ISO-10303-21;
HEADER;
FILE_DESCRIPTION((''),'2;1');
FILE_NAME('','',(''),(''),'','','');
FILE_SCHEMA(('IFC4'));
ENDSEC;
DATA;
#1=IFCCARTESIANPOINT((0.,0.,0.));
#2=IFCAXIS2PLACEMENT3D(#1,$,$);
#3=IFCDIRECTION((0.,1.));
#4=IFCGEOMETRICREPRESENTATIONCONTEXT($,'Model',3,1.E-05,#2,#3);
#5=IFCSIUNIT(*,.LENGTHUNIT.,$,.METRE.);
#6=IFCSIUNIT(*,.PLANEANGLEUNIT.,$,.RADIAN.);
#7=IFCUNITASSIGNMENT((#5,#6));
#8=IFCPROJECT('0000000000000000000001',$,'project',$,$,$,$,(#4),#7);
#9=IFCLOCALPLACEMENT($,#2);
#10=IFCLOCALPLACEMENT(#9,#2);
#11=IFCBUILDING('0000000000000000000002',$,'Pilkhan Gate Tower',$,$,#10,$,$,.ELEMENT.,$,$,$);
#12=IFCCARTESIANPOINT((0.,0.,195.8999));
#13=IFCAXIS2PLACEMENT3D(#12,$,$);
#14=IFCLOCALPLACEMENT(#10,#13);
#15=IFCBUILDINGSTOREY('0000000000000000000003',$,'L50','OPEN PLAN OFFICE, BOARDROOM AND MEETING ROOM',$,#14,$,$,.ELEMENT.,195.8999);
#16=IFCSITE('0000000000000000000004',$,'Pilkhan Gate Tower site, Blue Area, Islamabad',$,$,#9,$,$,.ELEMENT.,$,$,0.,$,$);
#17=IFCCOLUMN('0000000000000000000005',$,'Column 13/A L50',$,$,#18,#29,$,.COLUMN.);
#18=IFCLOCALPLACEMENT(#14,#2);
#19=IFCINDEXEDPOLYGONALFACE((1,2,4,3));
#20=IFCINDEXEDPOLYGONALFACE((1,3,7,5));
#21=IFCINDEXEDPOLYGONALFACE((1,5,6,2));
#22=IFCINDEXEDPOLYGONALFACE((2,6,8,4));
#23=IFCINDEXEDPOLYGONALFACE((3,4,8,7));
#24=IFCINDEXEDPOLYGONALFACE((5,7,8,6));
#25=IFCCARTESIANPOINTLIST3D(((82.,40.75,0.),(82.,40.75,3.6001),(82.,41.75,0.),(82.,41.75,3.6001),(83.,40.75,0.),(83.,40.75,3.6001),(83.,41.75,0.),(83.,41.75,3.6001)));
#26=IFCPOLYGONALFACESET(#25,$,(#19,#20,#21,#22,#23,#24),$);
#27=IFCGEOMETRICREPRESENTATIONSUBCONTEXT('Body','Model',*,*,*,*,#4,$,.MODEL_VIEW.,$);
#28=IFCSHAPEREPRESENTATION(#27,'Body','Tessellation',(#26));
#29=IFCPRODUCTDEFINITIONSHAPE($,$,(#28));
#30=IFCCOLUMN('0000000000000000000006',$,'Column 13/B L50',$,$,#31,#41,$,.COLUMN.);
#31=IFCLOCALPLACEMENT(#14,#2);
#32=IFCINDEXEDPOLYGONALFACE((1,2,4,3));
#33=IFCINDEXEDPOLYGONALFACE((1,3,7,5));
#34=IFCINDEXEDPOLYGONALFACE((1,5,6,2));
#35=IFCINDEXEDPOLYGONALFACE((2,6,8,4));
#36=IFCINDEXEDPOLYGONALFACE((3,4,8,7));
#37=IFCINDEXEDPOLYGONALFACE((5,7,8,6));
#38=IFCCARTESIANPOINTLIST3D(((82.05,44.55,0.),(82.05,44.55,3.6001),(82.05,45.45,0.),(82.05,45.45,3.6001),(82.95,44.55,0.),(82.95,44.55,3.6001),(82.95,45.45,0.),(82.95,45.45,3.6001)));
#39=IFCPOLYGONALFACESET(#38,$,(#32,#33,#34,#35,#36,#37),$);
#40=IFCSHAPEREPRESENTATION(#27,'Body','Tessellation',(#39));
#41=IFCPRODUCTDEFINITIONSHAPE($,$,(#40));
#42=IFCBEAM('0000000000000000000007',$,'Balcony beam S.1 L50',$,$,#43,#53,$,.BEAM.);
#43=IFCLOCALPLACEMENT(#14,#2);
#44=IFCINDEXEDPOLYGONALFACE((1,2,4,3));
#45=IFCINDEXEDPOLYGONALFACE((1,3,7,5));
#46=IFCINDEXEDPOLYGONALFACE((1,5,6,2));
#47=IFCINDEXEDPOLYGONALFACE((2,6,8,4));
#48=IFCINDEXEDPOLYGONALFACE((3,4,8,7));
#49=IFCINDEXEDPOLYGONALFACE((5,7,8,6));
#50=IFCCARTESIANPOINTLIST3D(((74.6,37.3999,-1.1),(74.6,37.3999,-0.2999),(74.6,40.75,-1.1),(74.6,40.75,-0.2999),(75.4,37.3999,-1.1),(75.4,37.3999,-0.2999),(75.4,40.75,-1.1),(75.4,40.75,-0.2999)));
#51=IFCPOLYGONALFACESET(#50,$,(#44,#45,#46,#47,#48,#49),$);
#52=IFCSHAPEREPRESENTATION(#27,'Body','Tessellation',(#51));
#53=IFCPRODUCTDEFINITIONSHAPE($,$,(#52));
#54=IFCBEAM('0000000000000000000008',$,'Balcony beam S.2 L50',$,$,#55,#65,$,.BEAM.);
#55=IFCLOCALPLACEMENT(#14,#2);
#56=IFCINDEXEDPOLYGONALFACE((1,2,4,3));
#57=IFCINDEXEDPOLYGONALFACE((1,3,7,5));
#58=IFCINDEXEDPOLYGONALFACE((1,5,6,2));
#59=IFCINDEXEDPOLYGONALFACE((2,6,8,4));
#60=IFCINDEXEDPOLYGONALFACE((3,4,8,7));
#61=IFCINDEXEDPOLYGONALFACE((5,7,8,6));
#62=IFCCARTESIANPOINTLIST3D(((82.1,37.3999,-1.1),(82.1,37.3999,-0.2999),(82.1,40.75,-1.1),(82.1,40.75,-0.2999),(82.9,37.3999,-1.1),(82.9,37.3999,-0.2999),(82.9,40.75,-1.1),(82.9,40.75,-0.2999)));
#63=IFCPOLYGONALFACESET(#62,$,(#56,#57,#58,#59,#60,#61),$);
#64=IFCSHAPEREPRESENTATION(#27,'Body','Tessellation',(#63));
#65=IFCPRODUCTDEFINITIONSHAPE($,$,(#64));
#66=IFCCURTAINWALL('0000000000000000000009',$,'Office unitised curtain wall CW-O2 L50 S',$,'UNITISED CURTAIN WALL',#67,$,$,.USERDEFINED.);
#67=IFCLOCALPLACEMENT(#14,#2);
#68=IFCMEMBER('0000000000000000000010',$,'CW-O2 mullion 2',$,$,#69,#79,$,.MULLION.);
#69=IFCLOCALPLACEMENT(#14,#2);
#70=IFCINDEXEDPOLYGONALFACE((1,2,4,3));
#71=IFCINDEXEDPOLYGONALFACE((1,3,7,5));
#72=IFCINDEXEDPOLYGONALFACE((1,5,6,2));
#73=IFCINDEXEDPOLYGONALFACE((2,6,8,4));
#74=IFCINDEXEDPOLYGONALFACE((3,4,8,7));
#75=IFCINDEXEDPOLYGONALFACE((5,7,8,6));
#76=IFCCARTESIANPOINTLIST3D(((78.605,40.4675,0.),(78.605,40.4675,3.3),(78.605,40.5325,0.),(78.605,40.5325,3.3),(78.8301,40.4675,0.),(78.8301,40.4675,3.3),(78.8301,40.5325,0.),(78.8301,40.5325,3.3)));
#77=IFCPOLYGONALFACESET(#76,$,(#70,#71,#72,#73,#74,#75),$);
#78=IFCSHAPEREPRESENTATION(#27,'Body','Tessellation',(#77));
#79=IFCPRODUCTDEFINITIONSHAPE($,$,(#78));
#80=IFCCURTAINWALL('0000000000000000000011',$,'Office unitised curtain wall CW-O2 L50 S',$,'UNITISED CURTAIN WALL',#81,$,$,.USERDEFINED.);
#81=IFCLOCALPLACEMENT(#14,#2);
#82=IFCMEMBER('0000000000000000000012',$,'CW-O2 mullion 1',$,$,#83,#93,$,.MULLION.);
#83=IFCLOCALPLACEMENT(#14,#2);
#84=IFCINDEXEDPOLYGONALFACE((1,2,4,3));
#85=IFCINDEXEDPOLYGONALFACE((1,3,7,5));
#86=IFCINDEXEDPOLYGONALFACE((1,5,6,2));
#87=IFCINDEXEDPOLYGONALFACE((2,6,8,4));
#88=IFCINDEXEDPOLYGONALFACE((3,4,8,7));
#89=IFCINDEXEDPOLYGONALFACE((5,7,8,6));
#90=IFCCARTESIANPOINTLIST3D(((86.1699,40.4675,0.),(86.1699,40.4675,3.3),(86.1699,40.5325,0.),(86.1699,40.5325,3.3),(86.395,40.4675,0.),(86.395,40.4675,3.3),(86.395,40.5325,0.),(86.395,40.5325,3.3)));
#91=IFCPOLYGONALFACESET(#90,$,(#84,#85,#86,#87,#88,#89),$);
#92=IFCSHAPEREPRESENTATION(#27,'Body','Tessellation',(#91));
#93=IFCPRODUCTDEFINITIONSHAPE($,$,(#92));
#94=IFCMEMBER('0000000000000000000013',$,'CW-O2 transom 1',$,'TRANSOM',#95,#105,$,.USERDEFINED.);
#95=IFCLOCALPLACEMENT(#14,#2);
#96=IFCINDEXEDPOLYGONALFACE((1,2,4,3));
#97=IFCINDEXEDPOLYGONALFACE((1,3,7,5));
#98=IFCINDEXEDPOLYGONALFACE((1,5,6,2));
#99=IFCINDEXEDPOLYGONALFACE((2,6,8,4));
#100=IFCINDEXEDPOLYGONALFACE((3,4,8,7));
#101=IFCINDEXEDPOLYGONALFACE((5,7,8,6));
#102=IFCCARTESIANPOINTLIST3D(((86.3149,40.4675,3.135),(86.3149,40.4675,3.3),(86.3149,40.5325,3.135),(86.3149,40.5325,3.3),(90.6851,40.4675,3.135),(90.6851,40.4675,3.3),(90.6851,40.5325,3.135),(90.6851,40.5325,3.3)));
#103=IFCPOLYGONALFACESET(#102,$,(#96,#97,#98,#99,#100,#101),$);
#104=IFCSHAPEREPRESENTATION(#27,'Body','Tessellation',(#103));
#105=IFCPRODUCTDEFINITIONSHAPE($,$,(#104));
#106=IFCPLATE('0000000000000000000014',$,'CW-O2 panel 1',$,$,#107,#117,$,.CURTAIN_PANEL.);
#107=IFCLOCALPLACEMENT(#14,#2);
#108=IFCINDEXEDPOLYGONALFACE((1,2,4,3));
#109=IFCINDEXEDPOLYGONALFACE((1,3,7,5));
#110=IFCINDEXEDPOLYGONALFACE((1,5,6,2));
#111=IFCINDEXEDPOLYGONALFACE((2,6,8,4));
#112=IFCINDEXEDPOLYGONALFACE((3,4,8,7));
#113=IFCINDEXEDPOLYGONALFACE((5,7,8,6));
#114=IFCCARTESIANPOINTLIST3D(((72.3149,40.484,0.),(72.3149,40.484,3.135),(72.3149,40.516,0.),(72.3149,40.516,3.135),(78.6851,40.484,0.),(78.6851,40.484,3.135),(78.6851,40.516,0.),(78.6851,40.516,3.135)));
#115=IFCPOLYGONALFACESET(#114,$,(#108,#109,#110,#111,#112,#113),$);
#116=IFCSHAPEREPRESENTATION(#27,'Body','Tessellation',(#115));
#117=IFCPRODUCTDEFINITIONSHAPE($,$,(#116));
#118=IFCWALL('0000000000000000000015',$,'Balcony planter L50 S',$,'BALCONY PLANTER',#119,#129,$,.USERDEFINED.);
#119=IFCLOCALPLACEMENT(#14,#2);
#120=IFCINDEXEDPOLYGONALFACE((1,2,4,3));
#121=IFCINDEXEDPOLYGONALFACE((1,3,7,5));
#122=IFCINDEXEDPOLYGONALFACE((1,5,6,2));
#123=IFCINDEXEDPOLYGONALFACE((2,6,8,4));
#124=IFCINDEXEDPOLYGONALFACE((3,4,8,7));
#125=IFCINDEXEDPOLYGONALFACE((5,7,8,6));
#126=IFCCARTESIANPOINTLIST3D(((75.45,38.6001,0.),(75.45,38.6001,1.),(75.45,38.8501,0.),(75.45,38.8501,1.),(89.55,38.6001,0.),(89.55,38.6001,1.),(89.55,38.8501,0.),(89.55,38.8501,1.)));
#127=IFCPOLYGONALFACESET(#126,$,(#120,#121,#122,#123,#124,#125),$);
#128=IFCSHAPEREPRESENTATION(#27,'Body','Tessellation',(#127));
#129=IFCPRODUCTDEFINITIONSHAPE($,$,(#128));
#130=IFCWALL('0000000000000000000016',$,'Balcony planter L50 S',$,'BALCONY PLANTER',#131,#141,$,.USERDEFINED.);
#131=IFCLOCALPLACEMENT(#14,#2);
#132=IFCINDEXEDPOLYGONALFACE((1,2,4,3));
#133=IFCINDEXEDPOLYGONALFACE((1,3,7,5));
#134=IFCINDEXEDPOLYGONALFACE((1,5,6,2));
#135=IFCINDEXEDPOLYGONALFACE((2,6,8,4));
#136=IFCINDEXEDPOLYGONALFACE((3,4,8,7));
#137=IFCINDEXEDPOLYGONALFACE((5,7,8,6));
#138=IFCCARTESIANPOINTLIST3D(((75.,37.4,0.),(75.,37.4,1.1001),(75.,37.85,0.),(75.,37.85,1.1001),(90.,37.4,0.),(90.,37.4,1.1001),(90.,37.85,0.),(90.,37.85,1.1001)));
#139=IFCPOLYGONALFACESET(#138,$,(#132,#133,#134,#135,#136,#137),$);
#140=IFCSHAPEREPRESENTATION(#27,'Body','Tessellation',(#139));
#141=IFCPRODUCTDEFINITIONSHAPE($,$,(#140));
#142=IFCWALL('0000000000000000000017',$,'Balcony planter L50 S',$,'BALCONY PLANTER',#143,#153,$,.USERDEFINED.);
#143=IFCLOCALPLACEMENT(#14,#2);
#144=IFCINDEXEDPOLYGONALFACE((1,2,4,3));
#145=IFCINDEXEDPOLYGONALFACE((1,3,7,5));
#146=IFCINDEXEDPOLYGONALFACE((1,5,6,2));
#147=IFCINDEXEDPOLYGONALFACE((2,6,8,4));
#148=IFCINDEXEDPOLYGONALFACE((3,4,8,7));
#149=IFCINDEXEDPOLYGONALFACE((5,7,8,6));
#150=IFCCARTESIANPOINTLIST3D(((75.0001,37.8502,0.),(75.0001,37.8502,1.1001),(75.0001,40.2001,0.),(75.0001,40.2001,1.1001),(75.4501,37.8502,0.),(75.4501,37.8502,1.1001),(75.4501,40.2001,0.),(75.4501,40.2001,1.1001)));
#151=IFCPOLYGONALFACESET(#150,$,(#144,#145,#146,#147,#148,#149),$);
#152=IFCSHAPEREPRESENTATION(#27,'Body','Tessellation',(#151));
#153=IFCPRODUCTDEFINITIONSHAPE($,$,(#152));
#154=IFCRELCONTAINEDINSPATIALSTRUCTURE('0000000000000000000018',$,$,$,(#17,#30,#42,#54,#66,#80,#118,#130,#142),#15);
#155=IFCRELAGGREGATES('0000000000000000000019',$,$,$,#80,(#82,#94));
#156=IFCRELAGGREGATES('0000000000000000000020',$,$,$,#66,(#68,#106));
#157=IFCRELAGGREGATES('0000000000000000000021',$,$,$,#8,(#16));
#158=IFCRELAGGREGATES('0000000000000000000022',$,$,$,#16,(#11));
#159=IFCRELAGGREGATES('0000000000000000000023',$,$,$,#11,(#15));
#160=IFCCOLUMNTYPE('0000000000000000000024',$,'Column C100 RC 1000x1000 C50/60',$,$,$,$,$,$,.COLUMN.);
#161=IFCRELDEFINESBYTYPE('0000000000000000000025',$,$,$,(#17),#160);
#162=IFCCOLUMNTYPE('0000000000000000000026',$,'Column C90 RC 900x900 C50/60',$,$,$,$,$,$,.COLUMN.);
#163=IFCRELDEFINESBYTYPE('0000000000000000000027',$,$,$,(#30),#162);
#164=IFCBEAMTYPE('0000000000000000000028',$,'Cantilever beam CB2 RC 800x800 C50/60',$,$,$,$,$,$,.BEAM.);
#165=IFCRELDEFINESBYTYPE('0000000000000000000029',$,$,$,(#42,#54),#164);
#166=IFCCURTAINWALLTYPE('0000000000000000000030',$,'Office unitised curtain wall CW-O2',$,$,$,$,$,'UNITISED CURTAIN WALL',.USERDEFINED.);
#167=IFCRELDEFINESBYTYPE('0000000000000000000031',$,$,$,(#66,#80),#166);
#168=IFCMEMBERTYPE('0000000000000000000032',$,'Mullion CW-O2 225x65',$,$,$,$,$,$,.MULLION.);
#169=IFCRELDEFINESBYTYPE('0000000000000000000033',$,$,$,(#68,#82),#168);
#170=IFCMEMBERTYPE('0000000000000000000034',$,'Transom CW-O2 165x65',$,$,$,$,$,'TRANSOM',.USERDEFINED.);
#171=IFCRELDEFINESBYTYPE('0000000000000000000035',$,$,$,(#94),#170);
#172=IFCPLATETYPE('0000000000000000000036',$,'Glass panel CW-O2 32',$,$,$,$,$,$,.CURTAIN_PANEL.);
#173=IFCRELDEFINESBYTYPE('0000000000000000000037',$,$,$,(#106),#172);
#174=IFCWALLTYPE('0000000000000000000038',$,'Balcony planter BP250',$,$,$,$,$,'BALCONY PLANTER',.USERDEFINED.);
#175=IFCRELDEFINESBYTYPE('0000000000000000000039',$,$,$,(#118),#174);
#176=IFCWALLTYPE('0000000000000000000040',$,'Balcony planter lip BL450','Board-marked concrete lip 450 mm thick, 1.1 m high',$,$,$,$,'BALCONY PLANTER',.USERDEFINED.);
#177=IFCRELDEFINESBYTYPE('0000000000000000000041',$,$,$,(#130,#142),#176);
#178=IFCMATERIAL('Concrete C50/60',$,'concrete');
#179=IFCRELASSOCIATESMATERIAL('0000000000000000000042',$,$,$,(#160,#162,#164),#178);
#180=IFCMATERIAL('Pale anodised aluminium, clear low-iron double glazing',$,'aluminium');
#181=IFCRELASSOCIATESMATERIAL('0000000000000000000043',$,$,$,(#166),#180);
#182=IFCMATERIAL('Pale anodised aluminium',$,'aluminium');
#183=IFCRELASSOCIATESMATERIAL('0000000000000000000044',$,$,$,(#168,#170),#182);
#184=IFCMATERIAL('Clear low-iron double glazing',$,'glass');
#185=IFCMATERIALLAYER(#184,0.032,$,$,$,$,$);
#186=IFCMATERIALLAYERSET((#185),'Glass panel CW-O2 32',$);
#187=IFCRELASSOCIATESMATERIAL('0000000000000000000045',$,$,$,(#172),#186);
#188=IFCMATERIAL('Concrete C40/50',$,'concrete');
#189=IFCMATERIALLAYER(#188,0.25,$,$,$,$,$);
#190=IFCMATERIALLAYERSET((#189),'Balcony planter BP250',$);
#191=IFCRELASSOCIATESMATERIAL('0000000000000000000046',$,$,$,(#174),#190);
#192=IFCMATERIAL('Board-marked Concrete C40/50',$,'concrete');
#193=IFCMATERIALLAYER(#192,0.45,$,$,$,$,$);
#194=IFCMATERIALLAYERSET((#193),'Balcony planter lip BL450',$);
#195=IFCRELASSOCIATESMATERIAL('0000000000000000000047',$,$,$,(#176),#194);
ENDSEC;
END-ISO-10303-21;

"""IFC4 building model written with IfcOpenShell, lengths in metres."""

from ifc_helpers import new_model, si_unit, direction, frame, frame_2d, origin, origin_2d, place, context, subcontext, project, spatial, rectangle, extrude, material, layer, layer_set, material_profile, profile_set, type_object, element, aggregate, save


model = new_model("IFC4")

# Units and contexts
model_context = context("Model", 3, precision=1e-05, world=origin(), true_north=direction((0.0, 1.0)))
body_context = subcontext(model_context, "Body", "Model", "MODEL_VIEW")
ifc_project = project(units=[si_unit("LENGTHUNIT", "METRE"), si_unit("PLANEANGLEUNIT", "RADIAN")], contexts=[model_context])

# Site, building, storey
site_placement = place(None, origin())
site = spatial("IfcSite", under=ifc_project, at=site_placement, Name="Pilkhan Gate Tower site, Blue Area, Islamabad", CompositionType="ELEMENT", RefElevation=0.0)
building_placement = place(site_placement, origin())
building = spatial("IfcBuilding", under=site, at=building_placement, Name="Pilkhan Gate Tower", CompositionType="ELEMENT")
storey_placement = place(building_placement, frame((0.0, 0.0, 195.8999)))
storey = spatial("IfcBuildingStorey", under=building, at=storey_placement, Name="L50", Description="OPEN PLAN OFFICE, BOARDROOM AND MEETING ROOM", CompositionType="ELEMENT", Elevation=195.8999)

# Columns
ifc_material_1 = material(Name="Concrete C50/60", Category="concrete")
ifc_material_profile_1 = material_profile(ifc_material_1, rectangle(XDim=1.0, YDim=1.0, at=origin_2d()), Name="RC 1000x1000")
ifc_profile_set_1 = profile_set([ifc_material_profile_1], Name="Concrete C50/60")
column_type_1 = type_object("IfcColumnType", Name="Column C100 RC 1000x1000 C50/60", PredefinedType="COLUMN", material=ifc_profile_set_1)
column_1_placement = place(storey_placement, frame((82.5, 41.25, 0.0), z_axis=(0.0, 0.0, 1.0), x_axis=(1.0, 0.0, 0.0)))
element("IfcColumn", 1, at=column_1_placement, inside=storey, type_object=column_type_1, Name="Column 13/A L50", PredefinedType="COLUMN", context=body_context, shape_type="SweptSolid", body=[
    extrude(rectangle(XDim=1.0, YDim=1.0, at=origin_2d()), origin(), (0.0, 0.0, 1.0), 3.6001),
])
ifc_material_profile_2 = material_profile(ifc_material_1, rectangle(XDim=0.8999, YDim=0.8999, at=origin_2d()), Name="RC 900x900")
ifc_profile_set_2 = profile_set([ifc_material_profile_2], Name="Concrete C50/60")
column_type_2 = type_object("IfcColumnType", Name="Column C90 RC 900x900 C50/60", PredefinedType="COLUMN", material=ifc_profile_set_2)
column_2_placement = place(storey_placement, frame((82.5, 45.0, 0.0), z_axis=(0.0, 0.0, 1.0), x_axis=(1.0, 0.0, 0.0)))
element("IfcColumn", 2, at=column_2_placement, inside=storey, type_object=column_type_2, Name="Column 13/B L50", PredefinedType="COLUMN", context=body_context, shape_type="SweptSolid", body=[
    extrude(rectangle(XDim=0.8999, YDim=0.8999, at=origin_2d()), origin(), (0.0, 0.0, 1.0), 3.6001),
])

# Beams
ifc_material_profile_3 = material_profile(ifc_material_1, rectangle(XDim=0.8, YDim=0.8, at=origin_2d()), Name="RC 800x800")
ifc_profile_set_3 = profile_set([ifc_material_profile_3], Name="Concrete C50/60")
beam_type = type_object("IfcBeamType", Name="Cantilever beam CB2 RC 800x800 C50/60", PredefinedType="BEAM", material=ifc_profile_set_3)
for number, where, z_axis, x_axis, name in (
    (3, (75.0, 40.75, -0.7), (0.0, -1.0, 0.0), (1.0, 0.0, 0.0), "Balcony beam S.1 L50"),
    (4, (82.5, 40.75, -0.7), (0.0, -1.0, 0.0), (1.0, 0.0, 0.0), "Balcony beam S.2 L50"),
):
    element("IfcBeam", number, at=place(storey_placement, frame(where, z_axis=z_axis, x_axis=x_axis)), inside=storey, type_object=beam_type, Name=name, PredefinedType="BEAM", context=body_context, shape_type="SweptSolid", body=[
        extrude(rectangle(XDim=0.8, YDim=0.8, at=origin_2d()), origin(), (0.0, 0.0, 1.0), 3.3501),
    ])

# Curtain wall, member
ifc_material_2 = material(Name="Pale anodised aluminium, clear low-iron double glazing", Category="aluminium")
curtain_wall_type = type_object("IfcCurtainWallType", Name="Office unitised curtain wall CW-O2", ElementType="UNITISED CURTAIN WALL", PredefinedType="USERDEFINED", material=ifc_material_2)
curtain_wall_1_placement = place(storey_placement, origin())
curtain_wall_1 = element("IfcCurtainWall", 5, at=curtain_wall_1_placement, inside=storey, type_object=curtain_wall_type, Name="Office unitised curtain wall CW-O2 L50 S", ObjectType="UNITISED CURTAIN WALL", PredefinedType="USERDEFINED")
ifc_material_3 = material(Name="Pale anodised aluminium", Category="aluminium")
ifc_material_profile_4 = material_profile(ifc_material_3, rectangle(XDim=0.0649, YDim=0.2251, at=origin_2d()), Name="Mullion 225x65")
ifc_profile_set_4 = profile_set([ifc_material_profile_4], Name="Pale anodised aluminium")
member_type_1 = type_object("IfcMemberType", Name="Mullion CW-O2 225x65", PredefinedType="MULLION", material=ifc_profile_set_4)
member_1_placement = place(storey_placement, frame((78.7175, 40.5, 0.0), z_axis=(0.0, 0.0, 1.0), x_axis=(0.0, 1.0, 0.0)))
member_1 = element("IfcMember", 6, at=member_1_placement, type_object=member_type_1, Name="CW-O2 mullion 2", PredefinedType="MULLION", context=body_context, shape_type="SweptSolid", body=[
    extrude(rectangle(XDim=0.0649, YDim=0.2251, at=origin_2d()), origin(), (0.0, 0.0, 1.0), 3.3),
])

# Curtain wall, members
curtain_wall_2_placement = place(storey_placement, origin())
curtain_wall_2 = element("IfcCurtainWall", 7, at=curtain_wall_2_placement, inside=storey, type_object=curtain_wall_type, Name="Office unitised curtain wall CW-O2 L50 S", ObjectType="UNITISED CURTAIN WALL", PredefinedType="USERDEFINED")
member_2_placement = place(storey_placement, frame((86.2825, 40.5, 0.0), z_axis=(0.0, 0.0, 1.0), x_axis=(0.0, 1.0, 0.0)))
member_2 = element("IfcMember", 8, at=member_2_placement, type_object=member_type_1, Name="CW-O2 mullion 1", PredefinedType="MULLION", context=body_context, shape_type="SweptSolid", body=[
    extrude(rectangle(XDim=0.0649, YDim=0.2251, at=origin_2d()), origin(), (0.0, 0.0, 1.0), 3.3),
])
ifc_material_profile_5 = material_profile(ifc_material_3, rectangle(XDim=0.0649, YDim=0.165, at=origin_2d()), Name="Transom 165x65")
ifc_profile_set_5 = profile_set([ifc_material_profile_5], Name="Pale anodised aluminium")
member_type_2 = type_object("IfcMemberType", Name="Transom CW-O2 165x65", ElementType="TRANSOM", PredefinedType="USERDEFINED", material=ifc_profile_set_5)
member_3_placement = place(storey_placement, frame((86.3149, 40.5, 3.2175), z_axis=(1.0, 0.0, 0.0), x_axis=(0.0, 1.0, 0.0)))
member_3 = element("IfcMember", 9, at=member_3_placement, type_object=member_type_2, Name="CW-O2 transom 1", ObjectType="TRANSOM", PredefinedType="USERDEFINED", context=body_context, shape_type="SweptSolid", body=[
    extrude(rectangle(XDim=0.0649, YDim=0.165, at=origin_2d()), origin(), (0.0, 0.0, 1.0), 4.3701),
])
aggregate(curtain_wall_2, [member_2, member_3])

# Plate
ifc_material_4 = material(Name="Clear low-iron double glazing", Category="glass")
ifc_layer_1 = layer(ifc_material_4, 0.032)
ifc_layer_set_1 = layer_set([ifc_layer_1], Name="Glass panel CW-O2 32")
plate_type = type_object("IfcPlateType", Name="Glass panel CW-O2 32", PredefinedType="CURTAIN_PANEL", material=ifc_layer_set_1)
plate_placement = place(storey_placement, frame((75.5, 40.5, 0.0), z_axis=(0.0, 0.0, 1.0), x_axis=(1.0, 0.0, 0.0)))
plate = element("IfcPlate", 10, at=plate_placement, type_object=plate_type, Name="CW-O2 panel 1", PredefinedType="CURTAIN_PANEL", context=body_context, shape_type="SweptSolid", body=[
    extrude(rectangle(XDim=6.3701, YDim=0.032, at=origin_2d()), origin(), (0.0, 0.0, 1.0), 3.135),
])
aggregate(curtain_wall_1, [member_1, plate])

# Walls
ifc_material_5 = material(Name="Concrete C40/50", Category="concrete")
ifc_layer_2 = layer(ifc_material_5, 0.25)
ifc_layer_set_2 = layer_set([ifc_layer_2], Name="Balcony planter BP250")
wall_type_1 = type_object("IfcWallType", Name="Balcony planter BP250", ElementType="BALCONY PLANTER", PredefinedType="USERDEFINED", material=ifc_layer_set_2)
wall_1_placement = place(storey_placement, frame((75.45, 38.7251, 0.0), z_axis=(0.0, 0.0, 1.0), x_axis=(1.0, 0.0, 0.0)))
element("IfcWall", 11, at=wall_1_placement, inside=storey, type_object=wall_type_1, Name="Balcony planter L50 S", ObjectType="BALCONY PLANTER", PredefinedType="USERDEFINED", context=body_context, shape_type="SweptSolid", body=[
    extrude(rectangle(XDim=14.1001, YDim=0.25, at=frame_2d((7.05, 0.0))), origin(), (0.0, 0.0, 1.0), 1.0),
])
ifc_material_6 = material(Name="Board-marked Concrete C40/50", Category="concrete")
ifc_layer_3 = layer(ifc_material_6, 0.45)
ifc_layer_set_3 = layer_set([ifc_layer_3], Name="Balcony planter lip BL450")
wall_type_2 = type_object("IfcWallType", Name="Balcony planter lip BL450", Description="Board-marked concrete lip 450 mm thick, 1.1 m high", ElementType="BALCONY PLANTER", PredefinedType="USERDEFINED", material=ifc_layer_set_3)
wall_2_placement = place(storey_placement, frame((75.0, 37.625, 0.0), z_axis=(0.0, 0.0, 1.0), x_axis=(1.0, 0.0, 0.0)))
element("IfcWall", 12, at=wall_2_placement, inside=storey, type_object=wall_type_2, Name="Balcony planter L50 S", ObjectType="BALCONY PLANTER", PredefinedType="USERDEFINED", context=body_context, shape_type="SweptSolid", body=[
    extrude(rectangle(XDim=15.0, YDim=0.45, at=frame_2d((7.5, 0.0))), origin(), (0.0, 0.0, 1.0), 1.1001),
])
wall_3_placement = place(storey_placement, frame((75.2251, 40.2, 0.0), z_axis=(0.0, 0.0, 1.0), x_axis=(0.0, -1.0, 0.0)))
element("IfcWall", 13, at=wall_3_placement, inside=storey, type_object=wall_type_2, Name="Balcony planter L50 S", ObjectType="BALCONY PLANTER", PredefinedType="USERDEFINED", context=body_context, shape_type="SweptSolid", body=[
    extrude(rectangle(XDim=2.3499, YDim=0.45, at=frame_2d((1.1748, 0.0))), origin(), (0.0, 0.0, 1.0), 1.1001),
])

save(model, "model.ifc")
